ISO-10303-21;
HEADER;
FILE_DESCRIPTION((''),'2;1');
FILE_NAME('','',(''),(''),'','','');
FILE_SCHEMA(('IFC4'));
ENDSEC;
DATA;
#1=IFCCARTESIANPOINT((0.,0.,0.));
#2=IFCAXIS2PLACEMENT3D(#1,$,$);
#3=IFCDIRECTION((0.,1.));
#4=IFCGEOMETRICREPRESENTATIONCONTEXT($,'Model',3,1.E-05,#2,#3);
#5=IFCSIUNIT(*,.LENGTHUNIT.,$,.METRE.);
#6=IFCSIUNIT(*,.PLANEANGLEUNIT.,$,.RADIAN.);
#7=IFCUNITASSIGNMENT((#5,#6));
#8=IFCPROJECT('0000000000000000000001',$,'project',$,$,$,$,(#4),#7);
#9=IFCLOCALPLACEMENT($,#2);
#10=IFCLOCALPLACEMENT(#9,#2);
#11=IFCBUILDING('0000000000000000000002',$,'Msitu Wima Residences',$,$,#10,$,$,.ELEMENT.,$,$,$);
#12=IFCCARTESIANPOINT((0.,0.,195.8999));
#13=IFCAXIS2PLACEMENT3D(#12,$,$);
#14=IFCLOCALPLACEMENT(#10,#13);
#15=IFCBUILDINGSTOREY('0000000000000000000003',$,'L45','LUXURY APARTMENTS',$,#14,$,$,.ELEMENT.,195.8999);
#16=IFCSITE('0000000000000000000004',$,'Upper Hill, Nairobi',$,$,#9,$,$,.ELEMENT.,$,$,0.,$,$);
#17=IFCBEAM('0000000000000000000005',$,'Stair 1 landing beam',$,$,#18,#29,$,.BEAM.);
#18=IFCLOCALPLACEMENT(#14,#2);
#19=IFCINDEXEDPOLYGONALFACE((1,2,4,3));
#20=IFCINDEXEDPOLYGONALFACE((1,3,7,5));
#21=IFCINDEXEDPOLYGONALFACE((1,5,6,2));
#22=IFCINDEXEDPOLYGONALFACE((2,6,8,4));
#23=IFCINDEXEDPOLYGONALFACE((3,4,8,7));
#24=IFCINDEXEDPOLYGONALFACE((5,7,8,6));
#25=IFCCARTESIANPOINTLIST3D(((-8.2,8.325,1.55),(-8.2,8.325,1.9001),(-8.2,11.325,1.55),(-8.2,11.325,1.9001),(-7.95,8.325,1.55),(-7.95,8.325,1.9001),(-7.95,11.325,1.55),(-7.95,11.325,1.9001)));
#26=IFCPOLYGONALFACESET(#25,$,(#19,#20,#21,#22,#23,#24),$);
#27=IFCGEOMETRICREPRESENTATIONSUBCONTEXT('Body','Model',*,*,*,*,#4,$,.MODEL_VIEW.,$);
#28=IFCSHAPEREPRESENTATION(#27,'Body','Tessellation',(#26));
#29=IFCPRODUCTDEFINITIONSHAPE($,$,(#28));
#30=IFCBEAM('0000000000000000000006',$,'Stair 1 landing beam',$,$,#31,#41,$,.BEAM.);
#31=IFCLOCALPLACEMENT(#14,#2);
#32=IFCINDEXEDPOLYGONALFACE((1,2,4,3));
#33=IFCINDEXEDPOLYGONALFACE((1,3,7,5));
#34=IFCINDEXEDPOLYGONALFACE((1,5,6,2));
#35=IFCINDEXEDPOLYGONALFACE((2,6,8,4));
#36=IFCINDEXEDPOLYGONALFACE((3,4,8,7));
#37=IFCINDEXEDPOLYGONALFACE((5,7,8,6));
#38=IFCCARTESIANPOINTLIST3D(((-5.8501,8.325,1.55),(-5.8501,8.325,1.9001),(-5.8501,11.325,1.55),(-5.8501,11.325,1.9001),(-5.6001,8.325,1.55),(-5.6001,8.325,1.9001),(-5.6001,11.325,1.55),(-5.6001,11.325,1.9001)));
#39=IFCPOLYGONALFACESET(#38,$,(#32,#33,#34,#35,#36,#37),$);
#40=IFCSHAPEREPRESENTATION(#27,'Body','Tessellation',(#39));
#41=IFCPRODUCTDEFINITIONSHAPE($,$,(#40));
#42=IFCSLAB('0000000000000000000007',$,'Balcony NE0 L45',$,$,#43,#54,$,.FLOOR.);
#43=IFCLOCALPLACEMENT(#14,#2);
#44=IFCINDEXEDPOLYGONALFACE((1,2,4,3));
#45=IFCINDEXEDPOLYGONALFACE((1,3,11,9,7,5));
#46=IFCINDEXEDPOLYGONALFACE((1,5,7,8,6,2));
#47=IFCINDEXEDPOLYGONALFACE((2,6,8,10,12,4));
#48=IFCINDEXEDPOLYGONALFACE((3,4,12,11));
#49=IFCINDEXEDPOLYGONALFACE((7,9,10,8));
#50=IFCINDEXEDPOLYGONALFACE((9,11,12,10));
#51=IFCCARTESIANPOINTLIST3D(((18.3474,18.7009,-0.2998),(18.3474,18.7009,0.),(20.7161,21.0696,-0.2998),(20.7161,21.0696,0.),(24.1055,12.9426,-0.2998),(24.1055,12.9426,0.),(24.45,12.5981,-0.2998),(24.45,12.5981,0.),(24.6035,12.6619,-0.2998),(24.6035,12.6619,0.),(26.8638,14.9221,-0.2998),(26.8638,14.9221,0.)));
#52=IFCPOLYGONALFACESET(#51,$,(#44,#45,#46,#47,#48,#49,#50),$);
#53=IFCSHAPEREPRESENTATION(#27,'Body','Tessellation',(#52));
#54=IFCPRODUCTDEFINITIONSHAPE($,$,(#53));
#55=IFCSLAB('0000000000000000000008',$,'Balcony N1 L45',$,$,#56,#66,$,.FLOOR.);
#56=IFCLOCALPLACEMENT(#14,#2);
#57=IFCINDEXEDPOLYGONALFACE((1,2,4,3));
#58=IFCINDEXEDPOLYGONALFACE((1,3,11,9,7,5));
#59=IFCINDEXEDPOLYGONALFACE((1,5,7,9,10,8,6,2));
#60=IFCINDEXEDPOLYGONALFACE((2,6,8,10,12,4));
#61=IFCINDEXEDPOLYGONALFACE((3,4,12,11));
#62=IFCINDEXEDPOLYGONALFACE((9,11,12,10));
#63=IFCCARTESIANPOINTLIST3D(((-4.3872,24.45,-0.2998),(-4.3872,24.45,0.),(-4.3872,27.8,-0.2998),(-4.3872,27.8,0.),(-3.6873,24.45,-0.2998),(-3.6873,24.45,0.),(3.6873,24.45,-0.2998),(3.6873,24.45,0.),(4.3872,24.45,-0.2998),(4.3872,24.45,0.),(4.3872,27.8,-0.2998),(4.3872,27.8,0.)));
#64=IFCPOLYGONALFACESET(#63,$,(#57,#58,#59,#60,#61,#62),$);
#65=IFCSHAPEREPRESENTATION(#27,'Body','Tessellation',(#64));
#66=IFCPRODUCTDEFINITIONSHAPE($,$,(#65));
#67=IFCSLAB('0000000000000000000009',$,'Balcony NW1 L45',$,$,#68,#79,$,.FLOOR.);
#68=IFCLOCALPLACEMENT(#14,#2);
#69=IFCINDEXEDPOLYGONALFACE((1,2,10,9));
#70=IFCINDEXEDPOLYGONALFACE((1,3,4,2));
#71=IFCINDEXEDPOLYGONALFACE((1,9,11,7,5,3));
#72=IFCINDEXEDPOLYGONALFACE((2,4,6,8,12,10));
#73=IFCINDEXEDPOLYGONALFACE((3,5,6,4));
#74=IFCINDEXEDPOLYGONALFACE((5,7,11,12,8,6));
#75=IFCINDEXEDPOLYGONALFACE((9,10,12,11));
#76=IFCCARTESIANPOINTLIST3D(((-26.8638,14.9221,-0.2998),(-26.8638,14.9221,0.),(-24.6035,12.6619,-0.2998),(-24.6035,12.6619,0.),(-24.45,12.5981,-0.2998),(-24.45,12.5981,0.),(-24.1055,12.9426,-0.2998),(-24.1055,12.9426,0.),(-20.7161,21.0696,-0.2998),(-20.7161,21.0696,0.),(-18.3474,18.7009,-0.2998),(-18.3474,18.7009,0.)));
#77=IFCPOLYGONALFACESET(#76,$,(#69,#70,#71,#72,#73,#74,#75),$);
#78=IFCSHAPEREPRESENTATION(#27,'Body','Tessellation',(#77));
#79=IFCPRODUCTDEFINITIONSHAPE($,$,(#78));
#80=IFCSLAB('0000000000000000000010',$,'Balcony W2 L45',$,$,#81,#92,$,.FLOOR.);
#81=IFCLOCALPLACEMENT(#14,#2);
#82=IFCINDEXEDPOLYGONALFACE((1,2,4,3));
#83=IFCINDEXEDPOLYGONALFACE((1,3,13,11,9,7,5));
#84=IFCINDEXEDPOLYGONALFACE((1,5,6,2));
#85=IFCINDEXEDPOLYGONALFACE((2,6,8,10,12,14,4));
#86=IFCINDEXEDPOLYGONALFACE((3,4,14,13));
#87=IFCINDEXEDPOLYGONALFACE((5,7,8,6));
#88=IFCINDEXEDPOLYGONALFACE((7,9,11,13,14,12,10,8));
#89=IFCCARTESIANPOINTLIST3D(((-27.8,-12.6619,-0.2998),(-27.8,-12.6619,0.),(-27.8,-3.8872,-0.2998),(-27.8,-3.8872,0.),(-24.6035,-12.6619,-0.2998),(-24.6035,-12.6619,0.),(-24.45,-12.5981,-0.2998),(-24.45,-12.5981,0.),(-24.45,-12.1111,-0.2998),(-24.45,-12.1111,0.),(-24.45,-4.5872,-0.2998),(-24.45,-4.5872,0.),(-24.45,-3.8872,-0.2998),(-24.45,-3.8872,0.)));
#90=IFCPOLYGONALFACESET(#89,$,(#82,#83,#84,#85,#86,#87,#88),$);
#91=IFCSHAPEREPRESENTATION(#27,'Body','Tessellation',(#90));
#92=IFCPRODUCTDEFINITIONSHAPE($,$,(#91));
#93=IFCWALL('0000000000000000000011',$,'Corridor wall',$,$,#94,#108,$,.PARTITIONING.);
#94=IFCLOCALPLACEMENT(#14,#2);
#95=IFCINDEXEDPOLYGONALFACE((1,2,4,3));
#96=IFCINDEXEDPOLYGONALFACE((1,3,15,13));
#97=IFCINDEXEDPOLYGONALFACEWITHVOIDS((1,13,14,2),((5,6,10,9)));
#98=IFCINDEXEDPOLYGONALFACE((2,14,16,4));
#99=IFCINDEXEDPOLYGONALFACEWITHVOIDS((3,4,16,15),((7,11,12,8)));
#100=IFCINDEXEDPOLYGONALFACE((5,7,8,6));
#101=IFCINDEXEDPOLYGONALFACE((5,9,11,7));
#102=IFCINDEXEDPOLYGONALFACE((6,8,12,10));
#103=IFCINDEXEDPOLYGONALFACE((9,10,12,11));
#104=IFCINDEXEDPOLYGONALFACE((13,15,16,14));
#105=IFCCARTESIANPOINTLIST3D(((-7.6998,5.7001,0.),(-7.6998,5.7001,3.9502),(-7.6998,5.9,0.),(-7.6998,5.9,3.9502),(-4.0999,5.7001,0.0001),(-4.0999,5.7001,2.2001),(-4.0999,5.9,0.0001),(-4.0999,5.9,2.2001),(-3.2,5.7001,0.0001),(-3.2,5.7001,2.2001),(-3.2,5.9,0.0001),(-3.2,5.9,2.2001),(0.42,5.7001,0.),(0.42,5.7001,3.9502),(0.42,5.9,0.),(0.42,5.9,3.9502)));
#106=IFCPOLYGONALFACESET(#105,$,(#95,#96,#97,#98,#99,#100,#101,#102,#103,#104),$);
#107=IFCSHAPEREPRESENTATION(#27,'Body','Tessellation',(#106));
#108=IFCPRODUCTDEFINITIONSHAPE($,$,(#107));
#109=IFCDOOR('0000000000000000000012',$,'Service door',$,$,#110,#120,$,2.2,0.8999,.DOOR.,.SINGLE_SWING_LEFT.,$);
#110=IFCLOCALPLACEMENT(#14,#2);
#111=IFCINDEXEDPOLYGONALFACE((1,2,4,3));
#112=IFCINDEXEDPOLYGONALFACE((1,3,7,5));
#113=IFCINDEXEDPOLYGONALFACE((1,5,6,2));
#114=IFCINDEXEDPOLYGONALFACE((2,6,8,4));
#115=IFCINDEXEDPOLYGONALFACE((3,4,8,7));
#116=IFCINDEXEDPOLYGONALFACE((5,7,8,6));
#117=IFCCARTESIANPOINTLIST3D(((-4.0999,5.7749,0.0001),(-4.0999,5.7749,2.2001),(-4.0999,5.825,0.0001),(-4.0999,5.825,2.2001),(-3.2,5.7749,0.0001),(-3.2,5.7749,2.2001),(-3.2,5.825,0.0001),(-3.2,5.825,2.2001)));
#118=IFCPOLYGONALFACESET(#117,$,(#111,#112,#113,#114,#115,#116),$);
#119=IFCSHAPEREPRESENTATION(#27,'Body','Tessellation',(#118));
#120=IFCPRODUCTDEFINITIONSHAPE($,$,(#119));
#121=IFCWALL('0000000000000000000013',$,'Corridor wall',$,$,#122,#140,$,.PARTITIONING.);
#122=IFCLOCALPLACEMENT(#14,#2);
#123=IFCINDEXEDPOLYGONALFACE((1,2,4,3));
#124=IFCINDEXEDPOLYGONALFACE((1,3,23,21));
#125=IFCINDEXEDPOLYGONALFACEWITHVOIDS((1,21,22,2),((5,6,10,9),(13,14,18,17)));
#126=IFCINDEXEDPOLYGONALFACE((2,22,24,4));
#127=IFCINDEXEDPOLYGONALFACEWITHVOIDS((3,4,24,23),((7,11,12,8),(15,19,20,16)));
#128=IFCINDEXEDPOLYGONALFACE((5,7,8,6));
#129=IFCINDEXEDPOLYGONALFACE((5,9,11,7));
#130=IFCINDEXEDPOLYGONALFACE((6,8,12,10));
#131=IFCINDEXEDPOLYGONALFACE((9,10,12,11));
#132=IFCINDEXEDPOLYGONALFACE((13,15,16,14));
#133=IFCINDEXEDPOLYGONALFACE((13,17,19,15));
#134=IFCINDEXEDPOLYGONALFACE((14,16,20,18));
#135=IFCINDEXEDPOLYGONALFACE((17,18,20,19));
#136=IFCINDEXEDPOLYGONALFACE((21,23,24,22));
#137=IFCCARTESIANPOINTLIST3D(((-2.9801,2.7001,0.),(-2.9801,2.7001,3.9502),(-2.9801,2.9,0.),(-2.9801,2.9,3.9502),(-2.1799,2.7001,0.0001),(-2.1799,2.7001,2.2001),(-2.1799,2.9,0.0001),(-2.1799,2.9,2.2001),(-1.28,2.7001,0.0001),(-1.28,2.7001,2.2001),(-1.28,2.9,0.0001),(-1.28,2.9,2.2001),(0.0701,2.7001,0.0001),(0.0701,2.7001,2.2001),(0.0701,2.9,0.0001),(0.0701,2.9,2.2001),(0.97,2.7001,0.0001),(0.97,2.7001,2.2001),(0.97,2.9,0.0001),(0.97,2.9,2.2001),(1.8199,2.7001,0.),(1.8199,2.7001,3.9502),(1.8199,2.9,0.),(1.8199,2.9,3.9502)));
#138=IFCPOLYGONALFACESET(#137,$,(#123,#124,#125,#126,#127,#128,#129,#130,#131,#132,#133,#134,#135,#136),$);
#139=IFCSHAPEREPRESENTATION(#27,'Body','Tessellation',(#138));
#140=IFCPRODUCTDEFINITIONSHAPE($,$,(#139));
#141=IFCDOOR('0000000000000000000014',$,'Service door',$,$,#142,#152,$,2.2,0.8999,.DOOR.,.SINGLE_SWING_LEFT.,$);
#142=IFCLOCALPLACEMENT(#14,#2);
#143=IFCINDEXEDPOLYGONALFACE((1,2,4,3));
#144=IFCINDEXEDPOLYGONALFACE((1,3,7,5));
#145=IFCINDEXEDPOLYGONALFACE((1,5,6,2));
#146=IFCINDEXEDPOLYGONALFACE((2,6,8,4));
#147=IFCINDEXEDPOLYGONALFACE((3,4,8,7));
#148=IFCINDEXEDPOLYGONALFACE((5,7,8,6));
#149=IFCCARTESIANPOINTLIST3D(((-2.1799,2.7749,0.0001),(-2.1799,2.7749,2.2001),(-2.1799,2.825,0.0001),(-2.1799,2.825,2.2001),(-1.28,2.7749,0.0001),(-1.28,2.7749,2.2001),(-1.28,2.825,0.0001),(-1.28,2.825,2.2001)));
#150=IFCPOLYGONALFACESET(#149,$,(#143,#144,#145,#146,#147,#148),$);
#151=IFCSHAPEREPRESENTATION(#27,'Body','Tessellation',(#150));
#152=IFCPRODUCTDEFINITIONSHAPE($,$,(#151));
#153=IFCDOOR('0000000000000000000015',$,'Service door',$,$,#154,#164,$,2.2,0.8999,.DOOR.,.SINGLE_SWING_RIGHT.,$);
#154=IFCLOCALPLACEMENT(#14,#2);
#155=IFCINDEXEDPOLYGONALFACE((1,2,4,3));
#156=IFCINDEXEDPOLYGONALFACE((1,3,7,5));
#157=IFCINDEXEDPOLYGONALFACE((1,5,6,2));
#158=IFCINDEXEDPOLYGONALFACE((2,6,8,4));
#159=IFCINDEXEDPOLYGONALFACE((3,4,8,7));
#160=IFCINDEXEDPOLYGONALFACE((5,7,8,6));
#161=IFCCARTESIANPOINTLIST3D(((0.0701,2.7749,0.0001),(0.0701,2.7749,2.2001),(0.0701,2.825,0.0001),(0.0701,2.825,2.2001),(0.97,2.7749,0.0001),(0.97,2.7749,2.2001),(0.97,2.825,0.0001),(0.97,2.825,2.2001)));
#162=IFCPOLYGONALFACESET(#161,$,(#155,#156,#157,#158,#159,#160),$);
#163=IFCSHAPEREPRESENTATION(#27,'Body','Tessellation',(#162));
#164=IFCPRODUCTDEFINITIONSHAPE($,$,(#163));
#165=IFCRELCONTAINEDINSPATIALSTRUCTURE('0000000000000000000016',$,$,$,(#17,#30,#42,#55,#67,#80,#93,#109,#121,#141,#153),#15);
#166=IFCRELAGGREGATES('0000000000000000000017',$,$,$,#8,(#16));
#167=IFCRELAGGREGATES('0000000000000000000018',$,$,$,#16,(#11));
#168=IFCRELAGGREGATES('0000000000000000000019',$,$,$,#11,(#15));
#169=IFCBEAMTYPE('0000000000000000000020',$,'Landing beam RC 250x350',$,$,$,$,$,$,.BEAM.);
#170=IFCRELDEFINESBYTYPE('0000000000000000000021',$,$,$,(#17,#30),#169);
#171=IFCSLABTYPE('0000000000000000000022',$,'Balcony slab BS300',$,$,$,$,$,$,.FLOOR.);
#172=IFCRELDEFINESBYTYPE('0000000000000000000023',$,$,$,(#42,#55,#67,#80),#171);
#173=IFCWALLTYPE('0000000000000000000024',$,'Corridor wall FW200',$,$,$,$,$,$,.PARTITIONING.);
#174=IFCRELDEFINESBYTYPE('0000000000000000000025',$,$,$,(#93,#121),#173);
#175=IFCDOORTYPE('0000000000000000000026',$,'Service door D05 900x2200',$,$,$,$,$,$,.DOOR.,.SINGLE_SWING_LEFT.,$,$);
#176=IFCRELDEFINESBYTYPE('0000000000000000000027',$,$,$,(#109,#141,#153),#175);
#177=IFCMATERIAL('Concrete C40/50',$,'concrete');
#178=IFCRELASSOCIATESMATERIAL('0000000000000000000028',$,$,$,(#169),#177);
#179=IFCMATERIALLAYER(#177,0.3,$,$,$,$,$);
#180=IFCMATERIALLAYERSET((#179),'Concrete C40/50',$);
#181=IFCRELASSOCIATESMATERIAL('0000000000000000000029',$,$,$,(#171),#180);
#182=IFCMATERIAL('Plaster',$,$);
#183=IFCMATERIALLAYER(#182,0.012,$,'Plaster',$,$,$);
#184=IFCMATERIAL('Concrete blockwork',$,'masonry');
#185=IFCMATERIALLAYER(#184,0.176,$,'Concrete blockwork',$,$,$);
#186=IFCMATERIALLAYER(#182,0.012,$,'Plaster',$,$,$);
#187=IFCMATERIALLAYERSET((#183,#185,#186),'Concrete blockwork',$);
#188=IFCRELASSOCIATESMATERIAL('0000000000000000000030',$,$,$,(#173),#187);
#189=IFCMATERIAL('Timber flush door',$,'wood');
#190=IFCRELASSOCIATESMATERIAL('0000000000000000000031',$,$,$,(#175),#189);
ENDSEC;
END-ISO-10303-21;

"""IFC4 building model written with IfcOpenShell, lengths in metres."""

from ifc_helpers import new_model, si_unit, direction, frame, frame_2d, origin, origin_2d, place, context, subcontext, project, spatial, polyline, rectangle, outline, extrude, material, layer, layer_set, material_profile, profile_set, type_object, element, fill, save


model = new_model("IFC4")

# Units and contexts
model_context = context("Model", 3, precision=1e-05, world=origin(), true_north=direction((0.0, 1.0)))
body_context = subcontext(model_context, "Body", "Model", "MODEL_VIEW")
ifc_project = project(units=[si_unit("LENGTHUNIT", "METRE"), si_unit("PLANEANGLEUNIT", "RADIAN")], contexts=[model_context])

# Site, building, storey
site_placement = place(None, origin())
site = spatial("IfcSite", under=ifc_project, at=site_placement, Name="Upper Hill, Nairobi", CompositionType="ELEMENT", RefElevation=0.0)
building_placement = place(site_placement, origin())
building = spatial("IfcBuilding", under=site, at=building_placement, Name="Msitu Wima Residences", CompositionType="ELEMENT")
storey_placement = place(building_placement, frame((0.0, 0.0, 195.8999)))
storey = spatial("IfcBuildingStorey", under=building, at=storey_placement, Name="L45", Description="LUXURY APARTMENTS", CompositionType="ELEMENT", Elevation=195.8999)

# Beams
ifc_material_1 = material(Name="Concrete C40/50", Category="concrete")
ifc_material_profile = material_profile(ifc_material_1, rectangle(XDim=0.25, YDim=0.3501, at=origin_2d()), Name="RC 250x350")
ifc_profile_set = profile_set([ifc_material_profile], Name="Concrete C40/50")
beam_type = type_object("IfcBeamType", Name="Landing beam RC 250x350", PredefinedType="BEAM", material=ifc_profile_set)
for number, where, z_axis, x_axis, name in (
    (1, (-8.075, 8.325, 1.7251), (0.0, 1.0, 0.0), (-1.0, 0.0, 0.0), "Stair 1 landing beam"),
    (2, (-5.7251, 8.325, 1.7251), (0.0, 1.0, 0.0), (-1.0, 0.0, 0.0), "Stair 1 landing beam"),
):
    element("IfcBeam", number, at=place(storey_placement, frame(where, z_axis=z_axis, x_axis=x_axis)), inside=storey, type_object=beam_type, Name=name, PredefinedType="BEAM", context=body_context, shape_type="SweptSolid", body=[
        extrude(rectangle(XDim=0.25, YDim=0.3501, at=origin_2d()), origin(), (0.0, 0.0, 1.0), 3.0),
    ])

# Slabs
ifc_layer_1 = layer(ifc_material_1, 0.3)
ifc_layer_set_1 = layer_set([ifc_layer_1], Name="Concrete C40/50")
slab_type = type_object("IfcSlabType", Name="Balcony slab BS300", PredefinedType="FLOOR", material=ifc_layer_set_1)
slab_1_placement = place(storey_placement, frame((0.0, 0.0, -0.2998)))
element("IfcSlab", 3, at=slab_1_placement, inside=storey, type_object=slab_type, Name="Balcony NE0 L45", PredefinedType="FLOOR", context=body_context, shape_type="SweptSolid", body=[
    extrude(outline(polyline([(24.1055, 12.9426), (24.1055, 12.9426), (18.3474, 18.7009), (20.7161, 21.0696), (26.8638, 14.9221), (24.6035, 12.6619), (24.45, 12.5981), (24.1055, 12.9426), (24.1055, 12.9426)])), origin(), (0.0, 0.0, 1.0), 0.2998),
])
slab_2_placement = place(storey_placement, frame((0.0, 0.0, -0.2998)))
element("IfcSlab", 4, at=slab_2_placement, inside=storey, type_object=slab_type, Name="Balcony N1 L45", PredefinedType="FLOOR", context=body_context, shape_type="SweptSolid", body=[
    extrude(outline(polyline([(3.6873, 24.45), (-3.6873, 24.45), (-4.3872, 24.45), (-4.3872, 27.8), (4.3872, 27.8), (4.3872, 24.45), (3.6873, 24.45)])), origin(), (0.0, 0.0, 1.0), 0.2998),
])
slab_3_placement = place(storey_placement, frame((0.0, 0.0, -0.2998)))
element("IfcSlab", 5, at=slab_3_placement, inside=storey, type_object=slab_type, Name="Balcony NW1 L45", PredefinedType="FLOOR", context=body_context, shape_type="SweptSolid", body=[
    extrude(outline(polyline([(-24.1055, 12.9426), (-24.1055, 12.9426), (-24.45, 12.5981), (-24.6035, 12.6619), (-26.8638, 14.9221), (-20.7161, 21.0696), (-18.3474, 18.7009), (-24.1055, 12.9426), (-24.1055, 12.9426)])), origin(), (0.0, 0.0, 1.0), 0.2998),
])
slab_4_placement = place(storey_placement, frame((0.0, 0.0, -0.2998)))
element("IfcSlab", 6, at=slab_4_placement, inside=storey, type_object=slab_type, Name="Balcony W2 L45", PredefinedType="FLOOR", context=body_context, shape_type="SweptSolid", body=[
    extrude(outline(polyline([(-24.45, -12.1111), (-24.45, -12.1111), (-24.45, -12.5981), (-24.6035, -12.6619), (-27.8, -12.6619), (-27.8, -3.8872), (-24.45, -3.8872), (-24.45, -4.5872), (-24.45, -4.5872), (-24.45, -12.1111), (-24.45, -12.1111)])), origin(), (0.0, 0.0, 1.0), 0.2998),
])

# Wall, opening, door
ifc_material_2 = material(Name="Plaster")
ifc_layer_2 = layer(ifc_material_2, 0.012, Name="Plaster")
ifc_material_3 = material(Name="Concrete blockwork", Category="masonry")
ifc_layer_3 = layer(ifc_material_3, 0.176, Name="Concrete blockwork")
ifc_layer_4 = layer(ifc_material_2, 0.012, Name="Plaster")
ifc_layer_set_2 = layer_set([ifc_layer_2, ifc_layer_3, ifc_layer_4], Name="Concrete blockwork")
wall_type_1 = type_object("IfcWallType", Name="Corridor wall FW200", PredefinedType="PARTITIONING", material=ifc_layer_set_2)
wall_1_placement = place(storey_placement, frame((-7.7, 5.8, 0.0), z_axis=(0.0, 0.0, 1.0), x_axis=(1.0, 0.0, 0.0)))
wall_1 = element("IfcWall", 7, at=wall_1_placement, inside=storey, type_object=wall_type_1, Name="Corridor wall", PredefinedType="PARTITIONING", context=body_context, shape_type="SweptSolid", body=[
    extrude(rectangle(XDim=8.1199, YDim=0.2, at=frame_2d((4.0601, 0.0))), origin(), (0.0, 0.0, 1.0), 3.9502),
])
opening_1_placement = place(wall_1_placement, frame((3.6001, 0.0, 0.0)))
opening_1 = element("IfcOpeningElement", 8, at=opening_1_placement, cuts=wall_1, PredefinedType="OPENING", context=body_context, shape_type="SweptSolid", body=[
    extrude(rectangle(XDim=0.8999, YDim=2.2, at=frame_2d((0.45, 1.1001))), frame((0.0, 0.1099, 0.0), z_axis=(0.0, -1.0, 0.0), x_axis=(1.0, 0.0, 0.0)), (0.0, 0.0, 1.0), 0.22),
])
ifc_material_4 = material(Name="Timber flush door", Category="wood")
door_type_1 = type_object("IfcDoorType", Name="Service door D05 900x2200", OperationType="SINGLE_SWING_LEFT", PredefinedType="DOOR", material=ifc_material_4)
door_1_placement = place(opening_1_placement, origin())
door_1 = element("IfcDoor", 9, at=door_1_placement, inside=storey, type_object=door_type_1, Name="Service door", OperationType="SINGLE_SWING_LEFT", OverallHeight=2.2, OverallWidth=0.8999, PredefinedType="DOOR", context=body_context, shape_type="SweptSolid", body=[
    extrude(rectangle(XDim=0.8999, YDim=2.2, at=frame_2d((0.45, 1.1001))), frame((0.0, 0.0249, 0.0), z_axis=(0.0, -1.0, 0.0), x_axis=(1.0, 0.0, 0.0)), (0.0, 0.0, 1.0), 0.05),
])
fill(opening_1, door_1)

# Wall, openings, doors
wall_2_placement = place(storey_placement, frame((-2.98, 2.8, 0.0), z_axis=(0.0, 0.0, 1.0), x_axis=(1.0, 0.0, 0.0)))
wall_2 = element("IfcWall", 10, at=wall_2_placement, inside=storey, type_object=wall_type_1, Name="Corridor wall", PredefinedType="PARTITIONING", context=body_context, shape_type="SweptSolid", body=[
    extrude(rectangle(XDim=4.8, YDim=0.2, at=frame_2d((2.3999, 0.0))), origin(), (0.0, 0.0, 1.0), 3.9502),
])
opening_2_placement = place(wall_2_placement, frame((0.8, 0.0, 0.0)))
opening_2 = element("IfcOpeningElement", 11, at=opening_2_placement, cuts=wall_2, PredefinedType="OPENING", context=body_context, shape_type="SweptSolid", body=[
    extrude(rectangle(XDim=0.8999, YDim=2.2, at=frame_2d((0.45, 1.1001))), frame((0.0, 0.1099, 0.0), z_axis=(0.0, -1.0, 0.0), x_axis=(1.0, 0.0, 0.0)), (0.0, 0.0, 1.0), 0.22),
])
opening_3_placement = place(wall_2_placement, frame((3.05, 0.0, 0.0)))
opening_3 = element("IfcOpeningElement", 12, at=opening_3_placement, cuts=wall_2, PredefinedType="OPENING", context=body_context, shape_type="SweptSolid", body=[
    extrude(rectangle(XDim=0.8999, YDim=2.2, at=frame_2d((0.45, 1.1001))), frame((0.0, 0.1099, 0.0), z_axis=(0.0, -1.0, 0.0), x_axis=(1.0, 0.0, 0.0)), (0.0, 0.0, 1.0), 0.22),
])
door_2_placement = place(opening_2_placement, origin())
door_2 = element("IfcDoor", 13, at=door_2_placement, inside=storey, type_object=door_type_1, Name="Service door", OperationType="SINGLE_SWING_LEFT", OverallHeight=2.2, OverallWidth=0.8999, PredefinedType="DOOR", context=body_context, shape_type="SweptSolid", body=[
    extrude(rectangle(XDim=0.8999, YDim=2.2, at=frame_2d((0.45, 1.1001))), frame((0.0, 0.0249, 0.0), z_axis=(0.0, -1.0, 0.0), x_axis=(1.0, 0.0, 0.0)), (0.0, 0.0, 1.0), 0.05),
])
fill(opening_2, door_2)
door_3_placement = place(opening_3_placement, origin())
door_3 = element("IfcDoor", 14, at=door_3_placement, inside=storey, type_object=door_type_1, Name="Service door", OperationType="SINGLE_SWING_RIGHT", OverallHeight=2.2, OverallWidth=0.8999, PredefinedType="DOOR", context=body_context, shape_type="SweptSolid", body=[
    extrude(rectangle(XDim=0.8999, YDim=2.2, at=frame_2d((0.45, 1.1001))), frame((0.0, 0.0249, 0.0), z_axis=(0.0, -1.0, 0.0), x_axis=(1.0, 0.0, 0.0)), (0.0, 0.0, 1.0), 0.05),
])
fill(opening_3, door_3)

save(model, "model.ifc")
